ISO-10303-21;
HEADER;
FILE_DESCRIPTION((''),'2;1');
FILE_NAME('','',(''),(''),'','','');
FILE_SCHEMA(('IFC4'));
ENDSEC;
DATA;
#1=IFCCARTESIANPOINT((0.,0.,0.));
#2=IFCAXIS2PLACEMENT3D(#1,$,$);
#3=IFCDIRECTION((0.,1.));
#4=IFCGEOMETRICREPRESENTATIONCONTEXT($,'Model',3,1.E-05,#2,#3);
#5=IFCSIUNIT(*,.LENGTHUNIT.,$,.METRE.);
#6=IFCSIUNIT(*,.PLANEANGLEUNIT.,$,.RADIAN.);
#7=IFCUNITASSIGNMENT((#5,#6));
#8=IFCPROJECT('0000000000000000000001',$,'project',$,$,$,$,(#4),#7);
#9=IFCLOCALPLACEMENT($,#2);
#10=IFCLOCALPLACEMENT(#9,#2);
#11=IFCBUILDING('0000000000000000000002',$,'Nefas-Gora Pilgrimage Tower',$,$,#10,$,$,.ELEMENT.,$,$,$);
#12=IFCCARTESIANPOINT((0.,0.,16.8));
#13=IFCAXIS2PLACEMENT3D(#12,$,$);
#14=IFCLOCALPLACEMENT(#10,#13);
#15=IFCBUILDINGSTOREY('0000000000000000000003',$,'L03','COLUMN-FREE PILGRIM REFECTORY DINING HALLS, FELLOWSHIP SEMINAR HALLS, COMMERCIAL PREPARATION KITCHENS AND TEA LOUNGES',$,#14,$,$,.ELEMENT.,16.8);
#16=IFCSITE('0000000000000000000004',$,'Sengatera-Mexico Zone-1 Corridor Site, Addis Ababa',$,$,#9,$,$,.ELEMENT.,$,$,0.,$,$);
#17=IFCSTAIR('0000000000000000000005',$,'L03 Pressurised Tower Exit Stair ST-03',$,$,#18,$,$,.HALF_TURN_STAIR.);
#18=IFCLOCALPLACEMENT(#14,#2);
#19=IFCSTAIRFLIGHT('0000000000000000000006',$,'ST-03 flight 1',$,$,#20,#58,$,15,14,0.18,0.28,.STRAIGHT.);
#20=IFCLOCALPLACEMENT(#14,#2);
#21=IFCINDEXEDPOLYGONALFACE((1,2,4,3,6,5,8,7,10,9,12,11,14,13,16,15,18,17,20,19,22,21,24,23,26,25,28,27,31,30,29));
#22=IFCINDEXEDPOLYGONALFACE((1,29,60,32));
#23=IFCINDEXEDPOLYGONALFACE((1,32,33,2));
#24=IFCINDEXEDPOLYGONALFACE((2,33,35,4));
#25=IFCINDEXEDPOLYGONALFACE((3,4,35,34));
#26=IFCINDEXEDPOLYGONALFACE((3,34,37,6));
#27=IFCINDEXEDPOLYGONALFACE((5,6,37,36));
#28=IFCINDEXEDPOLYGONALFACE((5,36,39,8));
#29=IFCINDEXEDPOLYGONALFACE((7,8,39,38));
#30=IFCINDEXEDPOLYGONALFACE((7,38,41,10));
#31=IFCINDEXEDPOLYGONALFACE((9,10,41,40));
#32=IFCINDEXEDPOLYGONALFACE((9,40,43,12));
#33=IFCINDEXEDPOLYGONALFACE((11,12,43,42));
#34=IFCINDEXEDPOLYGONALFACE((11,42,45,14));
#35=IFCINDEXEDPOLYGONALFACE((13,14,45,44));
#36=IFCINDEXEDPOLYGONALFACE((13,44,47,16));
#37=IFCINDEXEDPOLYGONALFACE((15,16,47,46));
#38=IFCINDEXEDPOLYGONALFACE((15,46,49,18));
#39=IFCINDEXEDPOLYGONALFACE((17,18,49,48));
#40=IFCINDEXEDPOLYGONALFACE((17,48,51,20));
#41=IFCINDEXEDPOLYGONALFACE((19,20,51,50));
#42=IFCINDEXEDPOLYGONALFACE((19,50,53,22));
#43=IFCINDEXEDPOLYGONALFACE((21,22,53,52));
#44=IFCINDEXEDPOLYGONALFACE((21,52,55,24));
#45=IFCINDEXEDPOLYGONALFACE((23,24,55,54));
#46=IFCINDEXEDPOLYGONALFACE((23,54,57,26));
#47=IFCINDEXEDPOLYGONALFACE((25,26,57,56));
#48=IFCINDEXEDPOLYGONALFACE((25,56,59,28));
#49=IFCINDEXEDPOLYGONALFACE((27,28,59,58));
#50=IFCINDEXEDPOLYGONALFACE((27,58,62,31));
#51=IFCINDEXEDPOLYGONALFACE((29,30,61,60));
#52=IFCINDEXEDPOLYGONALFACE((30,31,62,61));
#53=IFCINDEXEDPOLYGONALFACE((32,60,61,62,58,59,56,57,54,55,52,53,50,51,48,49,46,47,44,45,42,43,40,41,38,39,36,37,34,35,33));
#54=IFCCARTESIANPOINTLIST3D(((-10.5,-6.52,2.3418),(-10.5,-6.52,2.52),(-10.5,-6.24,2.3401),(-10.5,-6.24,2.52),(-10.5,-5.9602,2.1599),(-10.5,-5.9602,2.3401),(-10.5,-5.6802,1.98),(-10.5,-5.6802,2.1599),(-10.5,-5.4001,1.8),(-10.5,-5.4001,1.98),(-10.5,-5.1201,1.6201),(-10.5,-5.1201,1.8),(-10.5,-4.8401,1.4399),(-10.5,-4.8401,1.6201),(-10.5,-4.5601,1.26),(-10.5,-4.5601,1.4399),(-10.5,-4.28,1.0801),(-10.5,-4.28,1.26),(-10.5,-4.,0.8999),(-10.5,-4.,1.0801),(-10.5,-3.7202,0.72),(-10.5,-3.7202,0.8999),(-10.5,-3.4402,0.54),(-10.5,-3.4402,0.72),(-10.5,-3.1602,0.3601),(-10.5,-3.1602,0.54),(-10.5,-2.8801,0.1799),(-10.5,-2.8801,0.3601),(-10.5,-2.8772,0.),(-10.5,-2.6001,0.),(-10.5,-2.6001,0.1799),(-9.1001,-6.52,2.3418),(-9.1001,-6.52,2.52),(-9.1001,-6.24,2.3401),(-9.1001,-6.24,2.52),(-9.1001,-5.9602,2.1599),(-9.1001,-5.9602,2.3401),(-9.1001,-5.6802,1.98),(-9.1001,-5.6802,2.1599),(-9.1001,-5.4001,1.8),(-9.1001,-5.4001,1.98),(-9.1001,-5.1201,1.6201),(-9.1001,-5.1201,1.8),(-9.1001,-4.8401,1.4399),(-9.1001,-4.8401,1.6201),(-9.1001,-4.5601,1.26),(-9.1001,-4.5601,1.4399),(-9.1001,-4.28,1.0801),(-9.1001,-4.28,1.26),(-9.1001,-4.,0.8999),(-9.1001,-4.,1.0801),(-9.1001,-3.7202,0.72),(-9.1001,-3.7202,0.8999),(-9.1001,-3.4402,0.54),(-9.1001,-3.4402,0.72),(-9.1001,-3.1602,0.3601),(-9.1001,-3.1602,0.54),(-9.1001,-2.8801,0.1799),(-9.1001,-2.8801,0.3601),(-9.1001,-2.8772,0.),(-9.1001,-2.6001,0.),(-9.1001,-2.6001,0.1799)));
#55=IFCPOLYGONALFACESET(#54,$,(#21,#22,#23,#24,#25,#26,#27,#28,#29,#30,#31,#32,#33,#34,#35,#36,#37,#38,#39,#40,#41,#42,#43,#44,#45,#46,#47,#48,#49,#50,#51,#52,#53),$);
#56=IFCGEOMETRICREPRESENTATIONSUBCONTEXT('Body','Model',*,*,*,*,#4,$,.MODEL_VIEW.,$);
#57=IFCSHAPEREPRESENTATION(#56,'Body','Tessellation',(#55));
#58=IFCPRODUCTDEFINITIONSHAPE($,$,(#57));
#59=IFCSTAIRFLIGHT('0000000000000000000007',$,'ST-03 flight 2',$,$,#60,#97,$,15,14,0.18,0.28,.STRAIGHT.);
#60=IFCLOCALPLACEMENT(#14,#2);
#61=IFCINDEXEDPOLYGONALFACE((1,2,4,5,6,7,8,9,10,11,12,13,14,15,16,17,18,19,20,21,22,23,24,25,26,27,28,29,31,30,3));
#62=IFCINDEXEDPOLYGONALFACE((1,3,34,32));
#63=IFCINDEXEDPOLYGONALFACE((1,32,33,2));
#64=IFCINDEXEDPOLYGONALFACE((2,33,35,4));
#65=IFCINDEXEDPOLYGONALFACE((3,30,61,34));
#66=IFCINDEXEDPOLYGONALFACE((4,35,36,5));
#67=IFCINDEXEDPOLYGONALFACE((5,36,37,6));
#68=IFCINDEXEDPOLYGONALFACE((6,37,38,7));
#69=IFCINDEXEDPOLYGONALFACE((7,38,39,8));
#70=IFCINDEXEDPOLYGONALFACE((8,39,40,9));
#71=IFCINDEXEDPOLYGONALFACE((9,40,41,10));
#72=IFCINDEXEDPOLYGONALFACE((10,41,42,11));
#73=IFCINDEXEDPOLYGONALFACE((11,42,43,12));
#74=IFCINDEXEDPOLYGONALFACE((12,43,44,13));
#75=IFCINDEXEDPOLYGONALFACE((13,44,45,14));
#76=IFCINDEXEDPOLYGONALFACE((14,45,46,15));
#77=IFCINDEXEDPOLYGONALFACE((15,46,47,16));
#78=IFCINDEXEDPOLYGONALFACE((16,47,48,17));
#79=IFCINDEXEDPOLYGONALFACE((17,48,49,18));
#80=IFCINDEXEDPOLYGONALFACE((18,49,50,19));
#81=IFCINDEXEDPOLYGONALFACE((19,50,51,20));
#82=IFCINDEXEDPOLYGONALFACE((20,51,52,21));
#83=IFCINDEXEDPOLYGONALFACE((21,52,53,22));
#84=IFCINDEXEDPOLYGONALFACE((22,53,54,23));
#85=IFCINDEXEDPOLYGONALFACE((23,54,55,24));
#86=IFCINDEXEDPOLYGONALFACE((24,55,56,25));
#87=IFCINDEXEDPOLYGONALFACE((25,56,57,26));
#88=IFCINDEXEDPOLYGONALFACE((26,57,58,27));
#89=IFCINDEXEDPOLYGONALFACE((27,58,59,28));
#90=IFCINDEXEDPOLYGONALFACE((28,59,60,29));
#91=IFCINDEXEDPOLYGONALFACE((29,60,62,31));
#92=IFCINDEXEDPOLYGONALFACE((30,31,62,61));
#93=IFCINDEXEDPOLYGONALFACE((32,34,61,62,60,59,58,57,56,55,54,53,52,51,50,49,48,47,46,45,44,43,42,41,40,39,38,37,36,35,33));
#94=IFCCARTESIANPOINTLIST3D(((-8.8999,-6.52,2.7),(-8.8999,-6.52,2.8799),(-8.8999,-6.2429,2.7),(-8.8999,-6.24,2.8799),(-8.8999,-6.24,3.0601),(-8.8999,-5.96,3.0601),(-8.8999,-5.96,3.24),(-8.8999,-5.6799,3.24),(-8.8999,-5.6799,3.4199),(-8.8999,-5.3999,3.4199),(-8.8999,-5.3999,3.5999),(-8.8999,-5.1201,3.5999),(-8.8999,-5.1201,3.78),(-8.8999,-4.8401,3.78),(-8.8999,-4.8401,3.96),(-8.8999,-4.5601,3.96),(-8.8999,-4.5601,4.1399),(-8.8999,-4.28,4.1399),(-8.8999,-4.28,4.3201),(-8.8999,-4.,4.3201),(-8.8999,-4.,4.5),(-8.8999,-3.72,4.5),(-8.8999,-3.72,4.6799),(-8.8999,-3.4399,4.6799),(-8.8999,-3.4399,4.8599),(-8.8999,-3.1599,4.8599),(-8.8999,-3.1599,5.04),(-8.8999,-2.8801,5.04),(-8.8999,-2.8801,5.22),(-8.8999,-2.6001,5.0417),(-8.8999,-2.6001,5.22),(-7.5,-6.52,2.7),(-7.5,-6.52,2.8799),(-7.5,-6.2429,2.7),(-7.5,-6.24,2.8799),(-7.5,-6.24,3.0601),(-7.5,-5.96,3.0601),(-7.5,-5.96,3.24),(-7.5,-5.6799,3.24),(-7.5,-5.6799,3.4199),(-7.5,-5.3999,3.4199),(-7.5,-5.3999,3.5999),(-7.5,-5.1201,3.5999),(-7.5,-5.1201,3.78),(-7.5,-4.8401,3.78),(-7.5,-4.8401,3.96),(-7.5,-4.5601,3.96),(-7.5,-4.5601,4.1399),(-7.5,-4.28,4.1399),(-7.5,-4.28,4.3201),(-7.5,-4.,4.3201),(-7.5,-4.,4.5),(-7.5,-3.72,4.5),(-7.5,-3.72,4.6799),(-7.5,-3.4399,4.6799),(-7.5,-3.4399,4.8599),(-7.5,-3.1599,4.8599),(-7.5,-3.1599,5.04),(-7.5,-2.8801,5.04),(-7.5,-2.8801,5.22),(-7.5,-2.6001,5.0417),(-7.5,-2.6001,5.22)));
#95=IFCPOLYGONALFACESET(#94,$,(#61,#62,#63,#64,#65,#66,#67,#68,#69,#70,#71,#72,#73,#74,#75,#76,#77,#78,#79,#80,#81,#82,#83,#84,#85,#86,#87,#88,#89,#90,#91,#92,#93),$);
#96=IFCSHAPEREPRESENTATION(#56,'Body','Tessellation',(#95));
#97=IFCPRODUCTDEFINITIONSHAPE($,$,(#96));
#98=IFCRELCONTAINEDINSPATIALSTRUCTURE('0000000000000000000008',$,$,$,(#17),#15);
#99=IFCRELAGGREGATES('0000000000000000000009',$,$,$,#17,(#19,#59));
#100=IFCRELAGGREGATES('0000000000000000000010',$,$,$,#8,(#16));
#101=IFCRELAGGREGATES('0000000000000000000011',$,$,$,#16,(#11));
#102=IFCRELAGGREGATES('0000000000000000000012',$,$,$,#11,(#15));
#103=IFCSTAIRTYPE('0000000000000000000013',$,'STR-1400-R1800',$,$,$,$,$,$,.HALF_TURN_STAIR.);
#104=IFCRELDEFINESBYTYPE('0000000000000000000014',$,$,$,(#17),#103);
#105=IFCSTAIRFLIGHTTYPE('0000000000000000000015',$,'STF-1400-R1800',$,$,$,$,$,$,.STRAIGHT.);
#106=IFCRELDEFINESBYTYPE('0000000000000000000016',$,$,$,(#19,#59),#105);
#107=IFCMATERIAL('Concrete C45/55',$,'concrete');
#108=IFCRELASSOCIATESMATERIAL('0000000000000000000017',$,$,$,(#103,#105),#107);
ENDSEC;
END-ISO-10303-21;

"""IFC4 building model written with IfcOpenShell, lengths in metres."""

from ifc_helpers import new_model, si_unit, direction, frame, origin, place, context, subcontext, project, spatial, polyline, outline, extrude, source, transform, mapped, material, type_object, element, aggregate, save


model = new_model("IFC4")

# Units and contexts
model_context = context("Model", 3, precision=1e-05, world=origin(), true_north=direction((0.0, 1.0)))
body_context = subcontext(model_context, "Body", "Model", "MODEL_VIEW")
ifc_project = project(units=[si_unit("LENGTHUNIT", "METRE"), si_unit("PLANEANGLEUNIT", "RADIAN")], contexts=[model_context])

# Site, building, storey
site_placement = place(None, origin())
site = spatial("IfcSite", under=ifc_project, at=site_placement, Name="Sengatera-Mexico Zone-1 Corridor Site, Addis Ababa", CompositionType="ELEMENT", RefElevation=0.0)
building_placement = place(site_placement, origin())
building = spatial("IfcBuilding", under=site, at=building_placement, Name="Nefas-Gora Pilgrimage Tower", CompositionType="ELEMENT")
storey_placement = place(building_placement, frame((0.0, 0.0, 16.8)))
storey = spatial("IfcBuildingStorey", under=building, at=storey_placement, Name="L03", Description="COLUMN-FREE PILGRIM REFECTORY DINING HALLS, FELLOWSHIP SEMINAR HALLS, COMMERCIAL PREPARATION KITCHENS AND TEA LOUNGES", CompositionType="ELEMENT", Elevation=16.8)

# Shared definitions
ifc_material_1 = material(Name="Concrete C45/55", Category="concrete")

# Stair, stair flights
stair_type = type_object("IfcStairType", Name="STR-1400-R1800", PredefinedType="HALF_TURN_STAIR", material=ifc_material_1)
stair_placement = place(storey_placement, origin())
stair = element("IfcStair", 1, at=stair_placement, inside=storey, type_object=stair_type, Name="L03 Pressurised Tower Exit Stair ST-03", PredefinedType="HALF_TURN_STAIR")
stair_flight_type = type_object("IfcStairFlightType", Name="STF-1400-R1800", PredefinedType="STRAIGHT", material=ifc_material_1)
shared_shape_1 = source(origin(), body_context, "Body", "SweptSolid", [
    extrude(outline(polyline([(0.0, 0.0), (0.0, 0.1799), (0.28, 0.1799), (0.28, 0.3601), (0.5601, 0.3601), (0.5601, 0.54), (0.8401, 0.54), (0.8401, 0.72), (1.1201, 0.72), (1.1201, 0.8999), (1.3999, 0.8999), (1.3999, 1.0801), (1.6799, 1.0801), (1.6799, 1.26), (1.96, 1.26), (1.96, 1.4399), (2.24, 1.4399), (2.24, 1.6201), (2.52, 1.6201), (2.52, 1.8), (2.8, 1.8), (2.8, 1.98), (3.0801, 1.98), (3.0801, 2.1599), (3.3601, 2.1599), (3.3601, 2.3401), (3.6399, 2.3401), (3.6399, 2.52), (3.9199, 2.52), (3.9199, 2.7), (3.9199, 2.3418), (0.2771, 0.0), (0.0, 0.0)])), frame((0.0, 0.7, 0.0), z_axis=(0.0, -1.0, 0.0), x_axis=(1.0, 0.0, 0.0)), (0.0, 0.0, 1.0), 1.3999),
])
stair_flight_1_placement = place(storey_placement, frame((-9.8, -2.6001, 0.0), z_axis=(0.0, 0.0, 1.0), x_axis=(0.0, -1.0, 0.0)))
stair_flight_1 = element("IfcStairFlight", 2, at=stair_flight_1_placement, type_object=stair_flight_type, Name="ST-03 flight 1", NumberOfRisers=15, NumberOfTreads=14, PredefinedType="STRAIGHT", RiserHeight=0.18, TreadLength=0.28, context=body_context, shape_type="MappedRepresentation", body=[
    mapped(shared_shape_1, transform((0.0, 0.0, 0.0), x_axis=(1.0, 0.0, 0.0), y_axis=(0.0, 1.0, 0.0), z_axis=(0.0, 0.0, 1.0), scale=1.0)),
])
stair_flight_2_placement = place(storey_placement, frame((-8.2, -6.52, 2.7), z_axis=(0.0, 0.0, 1.0), x_axis=(0.0, 1.0, 0.0)))
stair_flight_2 = element("IfcStairFlight", 3, at=stair_flight_2_placement, type_object=stair_flight_type, Name="ST-03 flight 2", NumberOfRisers=15, NumberOfTreads=14, PredefinedType="STRAIGHT", RiserHeight=0.18, TreadLength=0.28, context=body_context, shape_type="MappedRepresentation", body=[
    mapped(shared_shape_1, transform((0.0, 0.0, 0.0), x_axis=(1.0, 0.0, 0.0), y_axis=(0.0, 1.0, 0.0), z_axis=(0.0, 0.0, 1.0), scale=1.0)),
])
aggregate(stair, [stair_flight_1, stair_flight_2])

save(model, "model.ifc")
